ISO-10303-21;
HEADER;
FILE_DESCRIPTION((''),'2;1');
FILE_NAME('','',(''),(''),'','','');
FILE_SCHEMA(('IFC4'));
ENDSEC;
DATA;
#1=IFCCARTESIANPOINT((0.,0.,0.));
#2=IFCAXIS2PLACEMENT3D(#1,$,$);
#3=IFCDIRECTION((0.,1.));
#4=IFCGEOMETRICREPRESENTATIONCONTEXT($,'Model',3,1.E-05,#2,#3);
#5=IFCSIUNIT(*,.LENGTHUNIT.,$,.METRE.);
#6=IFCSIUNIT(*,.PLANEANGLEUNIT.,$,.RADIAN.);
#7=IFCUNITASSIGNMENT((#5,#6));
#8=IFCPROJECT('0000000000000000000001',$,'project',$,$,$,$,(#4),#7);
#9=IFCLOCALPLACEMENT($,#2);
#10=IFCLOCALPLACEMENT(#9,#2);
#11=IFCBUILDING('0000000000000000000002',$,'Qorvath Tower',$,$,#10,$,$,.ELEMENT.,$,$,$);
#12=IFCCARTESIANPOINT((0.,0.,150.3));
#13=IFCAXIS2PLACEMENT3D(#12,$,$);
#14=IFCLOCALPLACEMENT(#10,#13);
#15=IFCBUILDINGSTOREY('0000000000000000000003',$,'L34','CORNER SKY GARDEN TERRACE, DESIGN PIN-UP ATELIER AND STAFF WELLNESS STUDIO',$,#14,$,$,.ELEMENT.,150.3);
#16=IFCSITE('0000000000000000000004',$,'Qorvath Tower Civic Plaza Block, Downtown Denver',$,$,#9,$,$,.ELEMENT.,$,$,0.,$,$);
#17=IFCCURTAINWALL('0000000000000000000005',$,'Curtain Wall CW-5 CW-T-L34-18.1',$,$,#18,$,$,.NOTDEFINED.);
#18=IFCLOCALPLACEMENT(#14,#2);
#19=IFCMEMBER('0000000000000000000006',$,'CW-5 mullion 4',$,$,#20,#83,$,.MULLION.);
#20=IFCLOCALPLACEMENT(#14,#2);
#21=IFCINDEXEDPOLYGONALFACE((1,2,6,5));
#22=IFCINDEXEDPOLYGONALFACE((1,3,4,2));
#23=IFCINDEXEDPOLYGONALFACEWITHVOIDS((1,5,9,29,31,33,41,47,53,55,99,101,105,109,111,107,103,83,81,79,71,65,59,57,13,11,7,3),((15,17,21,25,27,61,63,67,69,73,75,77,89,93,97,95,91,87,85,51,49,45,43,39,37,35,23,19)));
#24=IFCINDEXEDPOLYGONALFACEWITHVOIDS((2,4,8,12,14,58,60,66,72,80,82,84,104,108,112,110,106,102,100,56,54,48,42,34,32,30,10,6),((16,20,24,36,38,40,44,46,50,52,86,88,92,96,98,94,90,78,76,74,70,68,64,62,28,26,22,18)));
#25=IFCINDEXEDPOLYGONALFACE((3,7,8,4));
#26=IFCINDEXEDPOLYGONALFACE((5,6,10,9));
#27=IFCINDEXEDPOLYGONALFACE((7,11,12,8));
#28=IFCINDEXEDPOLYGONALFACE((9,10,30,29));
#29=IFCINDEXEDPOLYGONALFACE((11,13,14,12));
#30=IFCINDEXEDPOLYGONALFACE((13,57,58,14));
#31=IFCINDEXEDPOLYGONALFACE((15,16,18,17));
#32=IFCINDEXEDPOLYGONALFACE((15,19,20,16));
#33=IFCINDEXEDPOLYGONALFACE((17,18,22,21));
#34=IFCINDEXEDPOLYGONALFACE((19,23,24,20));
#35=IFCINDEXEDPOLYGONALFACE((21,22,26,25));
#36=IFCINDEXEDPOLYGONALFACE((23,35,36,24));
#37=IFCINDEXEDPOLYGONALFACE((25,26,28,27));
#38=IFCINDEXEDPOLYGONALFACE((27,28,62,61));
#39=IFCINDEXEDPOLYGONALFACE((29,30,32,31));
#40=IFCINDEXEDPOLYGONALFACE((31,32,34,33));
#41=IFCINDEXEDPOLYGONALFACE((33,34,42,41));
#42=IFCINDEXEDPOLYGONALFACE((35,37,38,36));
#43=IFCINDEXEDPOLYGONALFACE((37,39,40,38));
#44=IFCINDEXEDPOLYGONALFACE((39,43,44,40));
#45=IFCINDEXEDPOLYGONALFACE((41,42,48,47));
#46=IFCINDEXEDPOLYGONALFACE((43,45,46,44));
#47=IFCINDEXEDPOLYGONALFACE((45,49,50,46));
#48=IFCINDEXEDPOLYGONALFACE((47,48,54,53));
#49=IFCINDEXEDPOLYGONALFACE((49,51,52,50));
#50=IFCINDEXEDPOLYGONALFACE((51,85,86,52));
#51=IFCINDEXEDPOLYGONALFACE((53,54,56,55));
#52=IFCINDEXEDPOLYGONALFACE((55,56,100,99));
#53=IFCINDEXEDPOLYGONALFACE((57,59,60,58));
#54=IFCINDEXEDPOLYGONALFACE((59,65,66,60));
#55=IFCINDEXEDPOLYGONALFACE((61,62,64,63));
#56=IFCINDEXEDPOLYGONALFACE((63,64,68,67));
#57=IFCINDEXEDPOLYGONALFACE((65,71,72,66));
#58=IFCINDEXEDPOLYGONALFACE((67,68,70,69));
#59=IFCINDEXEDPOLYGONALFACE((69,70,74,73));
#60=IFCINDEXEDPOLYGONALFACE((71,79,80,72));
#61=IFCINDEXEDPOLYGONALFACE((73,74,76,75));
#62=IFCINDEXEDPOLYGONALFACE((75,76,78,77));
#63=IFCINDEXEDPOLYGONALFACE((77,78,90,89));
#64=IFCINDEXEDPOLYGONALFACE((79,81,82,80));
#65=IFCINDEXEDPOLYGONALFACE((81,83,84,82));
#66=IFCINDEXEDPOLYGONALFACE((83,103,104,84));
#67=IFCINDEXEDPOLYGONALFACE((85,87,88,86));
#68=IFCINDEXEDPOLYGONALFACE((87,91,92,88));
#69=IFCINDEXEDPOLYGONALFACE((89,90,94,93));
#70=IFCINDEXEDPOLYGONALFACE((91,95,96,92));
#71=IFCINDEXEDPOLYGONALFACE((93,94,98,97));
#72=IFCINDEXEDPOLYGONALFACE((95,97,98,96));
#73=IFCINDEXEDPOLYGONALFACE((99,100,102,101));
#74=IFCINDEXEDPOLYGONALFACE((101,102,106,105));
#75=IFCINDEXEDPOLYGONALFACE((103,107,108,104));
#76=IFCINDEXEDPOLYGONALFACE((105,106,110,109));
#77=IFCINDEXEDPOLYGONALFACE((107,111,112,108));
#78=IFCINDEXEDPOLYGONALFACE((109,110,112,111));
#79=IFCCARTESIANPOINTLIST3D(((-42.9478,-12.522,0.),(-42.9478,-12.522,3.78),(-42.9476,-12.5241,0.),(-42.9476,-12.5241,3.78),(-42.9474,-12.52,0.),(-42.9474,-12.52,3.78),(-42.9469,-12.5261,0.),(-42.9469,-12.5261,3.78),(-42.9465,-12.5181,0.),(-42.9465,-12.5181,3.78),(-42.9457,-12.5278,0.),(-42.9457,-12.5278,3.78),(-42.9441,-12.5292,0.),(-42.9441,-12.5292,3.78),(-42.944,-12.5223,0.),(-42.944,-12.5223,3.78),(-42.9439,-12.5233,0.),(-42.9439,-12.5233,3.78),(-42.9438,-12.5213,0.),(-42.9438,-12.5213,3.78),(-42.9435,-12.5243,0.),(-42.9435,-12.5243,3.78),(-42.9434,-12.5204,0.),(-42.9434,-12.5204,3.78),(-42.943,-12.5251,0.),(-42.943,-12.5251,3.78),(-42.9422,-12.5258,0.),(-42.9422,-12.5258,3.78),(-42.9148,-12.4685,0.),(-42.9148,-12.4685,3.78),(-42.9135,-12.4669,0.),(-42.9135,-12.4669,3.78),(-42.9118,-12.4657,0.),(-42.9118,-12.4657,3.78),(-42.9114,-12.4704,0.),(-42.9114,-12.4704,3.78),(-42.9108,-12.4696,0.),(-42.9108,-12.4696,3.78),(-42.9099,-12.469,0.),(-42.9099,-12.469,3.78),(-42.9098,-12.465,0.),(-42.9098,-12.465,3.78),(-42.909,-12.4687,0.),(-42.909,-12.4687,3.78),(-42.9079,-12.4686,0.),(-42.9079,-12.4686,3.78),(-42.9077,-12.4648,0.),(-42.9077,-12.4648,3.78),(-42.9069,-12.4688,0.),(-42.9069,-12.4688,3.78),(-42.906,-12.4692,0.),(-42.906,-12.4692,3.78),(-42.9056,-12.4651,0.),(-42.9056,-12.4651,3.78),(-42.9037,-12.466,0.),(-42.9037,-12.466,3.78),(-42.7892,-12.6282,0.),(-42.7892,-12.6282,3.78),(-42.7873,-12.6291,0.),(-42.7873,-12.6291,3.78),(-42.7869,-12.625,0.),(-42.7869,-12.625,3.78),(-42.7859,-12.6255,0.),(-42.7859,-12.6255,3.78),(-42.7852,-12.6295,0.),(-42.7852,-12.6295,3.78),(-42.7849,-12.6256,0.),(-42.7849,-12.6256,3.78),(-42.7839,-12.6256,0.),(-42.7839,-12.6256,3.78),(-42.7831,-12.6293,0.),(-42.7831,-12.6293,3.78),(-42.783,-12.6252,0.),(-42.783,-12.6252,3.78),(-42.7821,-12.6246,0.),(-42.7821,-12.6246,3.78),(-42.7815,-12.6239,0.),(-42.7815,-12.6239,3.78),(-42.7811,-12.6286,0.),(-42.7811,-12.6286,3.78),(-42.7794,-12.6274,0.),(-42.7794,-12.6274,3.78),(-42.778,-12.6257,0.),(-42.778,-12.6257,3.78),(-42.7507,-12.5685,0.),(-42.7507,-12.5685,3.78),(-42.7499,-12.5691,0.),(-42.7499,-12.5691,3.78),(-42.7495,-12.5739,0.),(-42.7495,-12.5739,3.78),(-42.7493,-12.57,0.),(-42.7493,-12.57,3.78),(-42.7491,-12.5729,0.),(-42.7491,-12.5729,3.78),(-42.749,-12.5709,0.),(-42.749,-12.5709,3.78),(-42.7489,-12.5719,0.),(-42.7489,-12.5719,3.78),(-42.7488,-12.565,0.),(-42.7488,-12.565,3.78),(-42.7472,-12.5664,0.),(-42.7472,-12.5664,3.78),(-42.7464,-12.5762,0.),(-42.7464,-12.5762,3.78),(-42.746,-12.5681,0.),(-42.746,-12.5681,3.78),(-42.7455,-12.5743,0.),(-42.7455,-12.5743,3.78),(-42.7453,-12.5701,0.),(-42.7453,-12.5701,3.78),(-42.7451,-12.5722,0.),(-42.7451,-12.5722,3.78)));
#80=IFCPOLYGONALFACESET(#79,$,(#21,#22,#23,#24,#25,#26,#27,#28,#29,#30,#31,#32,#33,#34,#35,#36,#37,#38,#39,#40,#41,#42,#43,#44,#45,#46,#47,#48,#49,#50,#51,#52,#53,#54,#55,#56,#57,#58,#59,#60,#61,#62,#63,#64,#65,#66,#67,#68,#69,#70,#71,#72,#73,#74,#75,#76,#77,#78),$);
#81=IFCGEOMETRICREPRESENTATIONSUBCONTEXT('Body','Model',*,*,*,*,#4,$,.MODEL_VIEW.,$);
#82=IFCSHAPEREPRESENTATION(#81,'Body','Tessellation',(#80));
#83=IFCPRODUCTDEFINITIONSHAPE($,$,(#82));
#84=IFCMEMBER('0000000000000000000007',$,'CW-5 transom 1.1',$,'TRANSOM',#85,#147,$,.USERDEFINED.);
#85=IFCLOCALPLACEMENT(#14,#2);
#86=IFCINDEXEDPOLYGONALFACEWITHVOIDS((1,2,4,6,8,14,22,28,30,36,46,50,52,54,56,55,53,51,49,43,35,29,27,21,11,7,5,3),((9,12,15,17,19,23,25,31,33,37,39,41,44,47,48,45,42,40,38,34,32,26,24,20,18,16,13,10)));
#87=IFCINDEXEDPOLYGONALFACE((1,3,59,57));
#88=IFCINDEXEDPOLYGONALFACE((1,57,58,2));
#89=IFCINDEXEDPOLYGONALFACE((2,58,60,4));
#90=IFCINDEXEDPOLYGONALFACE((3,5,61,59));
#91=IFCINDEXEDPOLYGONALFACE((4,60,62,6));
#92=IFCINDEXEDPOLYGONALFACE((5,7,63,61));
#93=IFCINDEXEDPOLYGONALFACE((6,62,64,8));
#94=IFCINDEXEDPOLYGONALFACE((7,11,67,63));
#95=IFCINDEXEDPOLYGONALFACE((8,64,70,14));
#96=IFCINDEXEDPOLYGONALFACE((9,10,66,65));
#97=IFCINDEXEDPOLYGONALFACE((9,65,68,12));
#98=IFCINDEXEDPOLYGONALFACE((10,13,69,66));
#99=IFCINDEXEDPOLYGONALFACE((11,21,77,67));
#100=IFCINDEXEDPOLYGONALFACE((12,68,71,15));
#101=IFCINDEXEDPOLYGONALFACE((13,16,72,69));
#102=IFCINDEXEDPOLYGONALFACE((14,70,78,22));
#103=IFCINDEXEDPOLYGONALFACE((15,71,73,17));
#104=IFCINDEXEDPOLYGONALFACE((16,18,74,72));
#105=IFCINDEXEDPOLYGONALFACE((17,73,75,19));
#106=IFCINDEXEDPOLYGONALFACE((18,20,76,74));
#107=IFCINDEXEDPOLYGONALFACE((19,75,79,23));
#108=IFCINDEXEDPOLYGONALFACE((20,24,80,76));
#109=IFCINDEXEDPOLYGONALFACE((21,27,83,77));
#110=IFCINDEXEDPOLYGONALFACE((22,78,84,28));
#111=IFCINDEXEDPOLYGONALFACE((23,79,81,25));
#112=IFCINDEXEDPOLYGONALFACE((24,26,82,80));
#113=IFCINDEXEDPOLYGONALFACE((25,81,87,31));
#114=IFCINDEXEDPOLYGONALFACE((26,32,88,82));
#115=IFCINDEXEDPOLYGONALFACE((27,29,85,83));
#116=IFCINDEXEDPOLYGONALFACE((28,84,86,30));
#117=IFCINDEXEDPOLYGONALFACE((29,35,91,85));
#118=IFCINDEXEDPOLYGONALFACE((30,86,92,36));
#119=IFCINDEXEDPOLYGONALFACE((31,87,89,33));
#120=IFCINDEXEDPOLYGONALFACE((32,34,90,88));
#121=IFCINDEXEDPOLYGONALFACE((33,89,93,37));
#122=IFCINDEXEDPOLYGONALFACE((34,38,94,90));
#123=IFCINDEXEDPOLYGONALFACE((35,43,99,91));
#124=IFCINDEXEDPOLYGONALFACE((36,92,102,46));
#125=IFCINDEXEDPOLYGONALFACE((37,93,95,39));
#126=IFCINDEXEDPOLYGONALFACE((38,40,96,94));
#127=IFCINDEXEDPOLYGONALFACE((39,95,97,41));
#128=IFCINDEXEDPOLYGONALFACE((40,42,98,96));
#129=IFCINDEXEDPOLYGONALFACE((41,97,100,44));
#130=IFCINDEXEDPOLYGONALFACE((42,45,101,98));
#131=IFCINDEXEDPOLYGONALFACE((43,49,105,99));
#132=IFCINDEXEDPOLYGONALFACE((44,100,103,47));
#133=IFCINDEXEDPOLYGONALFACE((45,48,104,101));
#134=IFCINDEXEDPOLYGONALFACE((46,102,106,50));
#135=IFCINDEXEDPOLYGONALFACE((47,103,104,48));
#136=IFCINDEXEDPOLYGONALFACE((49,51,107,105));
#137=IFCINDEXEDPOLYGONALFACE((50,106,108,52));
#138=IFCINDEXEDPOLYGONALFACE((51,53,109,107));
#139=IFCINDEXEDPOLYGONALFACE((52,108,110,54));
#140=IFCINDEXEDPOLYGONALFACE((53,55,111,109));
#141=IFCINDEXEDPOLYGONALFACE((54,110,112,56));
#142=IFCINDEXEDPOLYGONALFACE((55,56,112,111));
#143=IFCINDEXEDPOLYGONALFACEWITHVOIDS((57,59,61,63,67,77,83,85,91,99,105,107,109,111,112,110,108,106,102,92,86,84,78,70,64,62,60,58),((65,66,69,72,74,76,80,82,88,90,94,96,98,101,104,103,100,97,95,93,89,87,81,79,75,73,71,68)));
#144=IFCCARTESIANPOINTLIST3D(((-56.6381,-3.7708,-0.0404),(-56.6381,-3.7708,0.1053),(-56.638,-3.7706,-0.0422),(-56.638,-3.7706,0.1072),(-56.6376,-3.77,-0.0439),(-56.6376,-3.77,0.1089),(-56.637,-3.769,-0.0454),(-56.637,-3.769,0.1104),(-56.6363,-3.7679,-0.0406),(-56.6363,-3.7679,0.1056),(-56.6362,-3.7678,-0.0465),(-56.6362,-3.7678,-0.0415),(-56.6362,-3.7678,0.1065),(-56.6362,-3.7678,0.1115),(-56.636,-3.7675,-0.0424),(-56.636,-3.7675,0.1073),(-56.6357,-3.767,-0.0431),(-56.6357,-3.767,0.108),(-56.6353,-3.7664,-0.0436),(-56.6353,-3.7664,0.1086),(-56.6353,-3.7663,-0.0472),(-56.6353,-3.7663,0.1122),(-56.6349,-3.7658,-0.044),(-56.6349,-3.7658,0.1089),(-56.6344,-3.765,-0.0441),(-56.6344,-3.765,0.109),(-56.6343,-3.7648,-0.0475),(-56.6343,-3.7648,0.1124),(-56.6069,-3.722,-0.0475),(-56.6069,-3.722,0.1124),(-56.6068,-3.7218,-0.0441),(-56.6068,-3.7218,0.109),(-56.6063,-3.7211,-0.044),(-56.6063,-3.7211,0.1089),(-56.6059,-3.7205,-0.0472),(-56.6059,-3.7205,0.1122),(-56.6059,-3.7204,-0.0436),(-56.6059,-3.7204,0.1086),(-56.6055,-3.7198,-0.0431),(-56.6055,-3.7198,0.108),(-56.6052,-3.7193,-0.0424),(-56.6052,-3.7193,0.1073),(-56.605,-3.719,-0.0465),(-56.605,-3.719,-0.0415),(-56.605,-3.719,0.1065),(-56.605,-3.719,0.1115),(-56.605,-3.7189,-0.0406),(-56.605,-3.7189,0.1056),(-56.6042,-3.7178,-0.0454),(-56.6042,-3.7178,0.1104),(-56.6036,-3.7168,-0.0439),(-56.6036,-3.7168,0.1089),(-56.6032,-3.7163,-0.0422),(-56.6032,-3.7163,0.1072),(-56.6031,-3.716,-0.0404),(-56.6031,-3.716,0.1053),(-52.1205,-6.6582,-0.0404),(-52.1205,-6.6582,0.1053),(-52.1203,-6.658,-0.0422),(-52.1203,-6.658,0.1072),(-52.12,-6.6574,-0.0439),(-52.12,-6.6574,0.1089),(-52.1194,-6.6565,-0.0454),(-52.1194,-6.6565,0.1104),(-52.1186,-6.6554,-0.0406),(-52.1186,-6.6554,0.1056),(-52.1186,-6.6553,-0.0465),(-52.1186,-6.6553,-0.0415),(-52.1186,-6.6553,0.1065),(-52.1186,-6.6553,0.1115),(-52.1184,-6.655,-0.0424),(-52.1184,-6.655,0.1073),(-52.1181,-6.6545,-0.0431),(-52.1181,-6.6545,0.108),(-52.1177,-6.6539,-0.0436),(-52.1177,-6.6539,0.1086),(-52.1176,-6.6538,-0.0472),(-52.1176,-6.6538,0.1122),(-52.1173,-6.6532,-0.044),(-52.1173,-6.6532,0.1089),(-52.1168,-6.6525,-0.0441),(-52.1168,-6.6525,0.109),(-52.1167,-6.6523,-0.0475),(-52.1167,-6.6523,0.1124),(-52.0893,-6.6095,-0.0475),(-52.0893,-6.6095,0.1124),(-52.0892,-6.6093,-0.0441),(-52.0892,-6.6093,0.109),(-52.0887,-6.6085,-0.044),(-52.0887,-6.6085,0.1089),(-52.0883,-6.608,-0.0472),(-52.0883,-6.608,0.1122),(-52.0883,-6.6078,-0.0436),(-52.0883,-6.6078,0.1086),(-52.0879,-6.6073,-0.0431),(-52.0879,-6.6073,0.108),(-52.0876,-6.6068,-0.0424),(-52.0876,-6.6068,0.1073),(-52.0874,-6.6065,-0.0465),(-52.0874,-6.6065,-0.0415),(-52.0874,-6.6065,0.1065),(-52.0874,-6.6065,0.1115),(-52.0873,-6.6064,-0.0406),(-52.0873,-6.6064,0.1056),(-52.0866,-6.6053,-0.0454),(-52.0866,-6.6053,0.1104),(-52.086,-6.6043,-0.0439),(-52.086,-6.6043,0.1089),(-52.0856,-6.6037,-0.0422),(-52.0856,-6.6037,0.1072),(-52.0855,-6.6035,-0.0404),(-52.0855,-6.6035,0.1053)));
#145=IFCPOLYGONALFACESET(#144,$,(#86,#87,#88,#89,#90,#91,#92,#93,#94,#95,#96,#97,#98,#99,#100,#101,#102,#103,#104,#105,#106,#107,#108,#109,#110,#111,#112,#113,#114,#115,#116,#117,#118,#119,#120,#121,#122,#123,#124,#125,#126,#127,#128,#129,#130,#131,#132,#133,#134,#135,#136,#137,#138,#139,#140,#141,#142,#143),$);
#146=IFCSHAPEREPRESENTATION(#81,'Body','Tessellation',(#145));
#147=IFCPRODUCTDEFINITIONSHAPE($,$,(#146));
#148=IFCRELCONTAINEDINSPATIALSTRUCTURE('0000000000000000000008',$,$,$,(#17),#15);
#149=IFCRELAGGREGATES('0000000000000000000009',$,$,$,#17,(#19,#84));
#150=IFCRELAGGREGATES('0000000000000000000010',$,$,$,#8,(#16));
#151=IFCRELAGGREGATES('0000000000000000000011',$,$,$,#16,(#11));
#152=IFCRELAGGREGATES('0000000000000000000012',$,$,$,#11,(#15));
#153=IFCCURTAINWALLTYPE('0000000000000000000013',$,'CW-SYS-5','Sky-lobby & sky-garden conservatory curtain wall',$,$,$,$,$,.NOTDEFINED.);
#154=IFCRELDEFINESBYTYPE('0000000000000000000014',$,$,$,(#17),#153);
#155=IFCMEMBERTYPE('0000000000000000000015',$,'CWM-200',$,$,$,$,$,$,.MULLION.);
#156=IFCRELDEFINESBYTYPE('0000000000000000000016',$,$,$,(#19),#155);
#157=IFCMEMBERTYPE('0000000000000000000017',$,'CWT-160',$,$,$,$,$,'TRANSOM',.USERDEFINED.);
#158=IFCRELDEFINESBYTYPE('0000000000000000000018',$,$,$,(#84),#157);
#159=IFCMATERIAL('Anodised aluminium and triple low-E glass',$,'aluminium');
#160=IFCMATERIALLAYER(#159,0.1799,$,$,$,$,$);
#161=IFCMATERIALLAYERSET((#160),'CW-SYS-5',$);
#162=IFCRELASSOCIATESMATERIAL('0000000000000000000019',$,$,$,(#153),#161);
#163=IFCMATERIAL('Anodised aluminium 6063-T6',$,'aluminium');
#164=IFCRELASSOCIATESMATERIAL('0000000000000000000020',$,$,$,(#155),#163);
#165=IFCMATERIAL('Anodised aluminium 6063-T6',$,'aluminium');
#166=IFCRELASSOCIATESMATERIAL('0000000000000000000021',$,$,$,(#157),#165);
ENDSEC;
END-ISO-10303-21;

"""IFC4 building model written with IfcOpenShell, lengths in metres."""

from ifc_helpers import new_model, si_unit, direction, frame, origin, origin_2d, place, context, subcontext, project, spatial, hollow_rectangle, extrude, material, layer, layer_set, material_profile, profile_set, type_object, element, aggregate, save


model = new_model("IFC4")

# Units and contexts
model_context = context("Model", 3, precision=1e-05, world=origin(), true_north=direction((0.0, 1.0)))
body_context = subcontext(model_context, "Body", "Model", "MODEL_VIEW")
ifc_project = project(units=[si_unit("LENGTHUNIT", "METRE"), si_unit("PLANEANGLEUNIT", "RADIAN")], contexts=[model_context])

# Site, building, storey
site_placement = place(None, origin())
site = spatial("IfcSite", under=ifc_project, at=site_placement, Name="Qorvath Tower Civic Plaza Block, Downtown Denver", CompositionType="ELEMENT", RefElevation=0.0)
building_placement = place(site_placement, origin())
building = spatial("IfcBuilding", under=site, at=building_placement, Name="Qorvath Tower", CompositionType="ELEMENT")
storey_placement = place(building_placement, frame((0.0, 0.0, 150.3)))
storey = spatial("IfcBuildingStorey", under=building, at=storey_placement, Name="L34", Description="CORNER SKY GARDEN TERRACE, DESIGN PIN-UP ATELIER AND STAFF WELLNESS STUDIO", CompositionType="ELEMENT", Elevation=150.3)

# Shared definitions
ifc_material_1 = material(Name="Anodised aluminium and triple low-E glass", Category="aluminium")
ifc_layer_1 = layer(ifc_material_1, 0.1799)
ifc_layer_set_1 = layer_set([ifc_layer_1], Name="CW-SYS-5")
curtain_wall_type = type_object("IfcCurtainWallType", Name="CW-SYS-5", Description="Sky-lobby & sky-garden conservatory curtain wall", PredefinedType="NOTDEFINED", material=ifc_layer_set_1)
ifc_material_2 = material(Name="Anodised aluminium 6063-T6", Category="aluminium")
ifc_material_profile_1 = material_profile(ifc_material_2, hollow_rectangle(XDim=0.075, YDim=0.2, WallThickness=0.0039, InnerFilletRadius=0.0039, OuterFilletRadius=0.0081, at=origin_2d()), Name="CWM 200x75")
ifc_profile_set_1 = profile_set([ifc_material_profile_1], Name="Anodised aluminium 6063-T6")
member_type_1 = type_object("IfcMemberType", Name="CWM-200", PredefinedType="MULLION", material=ifc_profile_set_1)

# Curtain wall, members
curtain_wall_1_placement = place(storey_placement, origin())
curtain_wall_1 = element("IfcCurtainWall", 1, at=curtain_wall_1_placement, inside=storey, type_object=curtain_wall_type, Name="Curtain Wall CW-5 CW-T-L34-18.1", PredefinedType="NOTDEFINED")
member_1_placement = place(storey_placement, frame((-42.8464, -12.5471, 0.0), z_axis=(0.0, 0.0, 1.0), x_axis=(0.538536, 0.842602, 0.0)))
member_1 = element("IfcMember", 2, at=member_1_placement, type_object=member_type_1, Name="CW-5 mullion 4", PredefinedType="MULLION", context=body_context, shape_type="SweptSolid", body=[
    extrude(hollow_rectangle(XDim=0.075, YDim=0.2, WallThickness=0.0039, InnerFilletRadius=0.0039, OuterFilletRadius=0.0081, at=origin_2d()), origin(), (0.0, 0.0, 1.0), 3.78),
])
ifc_material_3 = material(Name="Anodised aluminium 6063-T6", Category="aluminium")
ifc_material_profile_2 = material_profile(ifc_material_3, hollow_rectangle(XDim=0.0649, YDim=0.1599, WallThickness=0.0034, InnerFilletRadius=0.0034, OuterFilletRadius=0.0071, at=origin_2d()), Name="CWT 160x65")
ifc_profile_set_2 = profile_set([ifc_material_profile_2], Name="Anodised aluminium 6063-T6")
member_type_2 = type_object("IfcMemberType", Name="CWT-160", ElementType="TRANSOM", PredefinedType="USERDEFINED", material=ifc_profile_set_2)
member_2_placement = place(storey_placement, frame((-56.6206, -3.7434, 0.0325), z_axis=(0.842593, -0.538551, 0.0), x_axis=(0.538551, 0.842593, 0.0)))
member_2 = element("IfcMember", 3, at=member_2_placement, type_object=member_type_2, Name="CW-5 transom 1.1", ObjectType="TRANSOM", PredefinedType="USERDEFINED", context=body_context, shape_type="SweptSolid", body=[
    extrude(hollow_rectangle(XDim=0.0649, YDim=0.1599, WallThickness=0.0034, InnerFilletRadius=0.0034, OuterFilletRadius=0.0071, at=origin_2d()), origin(), (0.0, 0.0, 1.0), 5.3616),
])

aggregate(curtain_wall_1, [member_1, member_2])

save(model, "model.ifc")
